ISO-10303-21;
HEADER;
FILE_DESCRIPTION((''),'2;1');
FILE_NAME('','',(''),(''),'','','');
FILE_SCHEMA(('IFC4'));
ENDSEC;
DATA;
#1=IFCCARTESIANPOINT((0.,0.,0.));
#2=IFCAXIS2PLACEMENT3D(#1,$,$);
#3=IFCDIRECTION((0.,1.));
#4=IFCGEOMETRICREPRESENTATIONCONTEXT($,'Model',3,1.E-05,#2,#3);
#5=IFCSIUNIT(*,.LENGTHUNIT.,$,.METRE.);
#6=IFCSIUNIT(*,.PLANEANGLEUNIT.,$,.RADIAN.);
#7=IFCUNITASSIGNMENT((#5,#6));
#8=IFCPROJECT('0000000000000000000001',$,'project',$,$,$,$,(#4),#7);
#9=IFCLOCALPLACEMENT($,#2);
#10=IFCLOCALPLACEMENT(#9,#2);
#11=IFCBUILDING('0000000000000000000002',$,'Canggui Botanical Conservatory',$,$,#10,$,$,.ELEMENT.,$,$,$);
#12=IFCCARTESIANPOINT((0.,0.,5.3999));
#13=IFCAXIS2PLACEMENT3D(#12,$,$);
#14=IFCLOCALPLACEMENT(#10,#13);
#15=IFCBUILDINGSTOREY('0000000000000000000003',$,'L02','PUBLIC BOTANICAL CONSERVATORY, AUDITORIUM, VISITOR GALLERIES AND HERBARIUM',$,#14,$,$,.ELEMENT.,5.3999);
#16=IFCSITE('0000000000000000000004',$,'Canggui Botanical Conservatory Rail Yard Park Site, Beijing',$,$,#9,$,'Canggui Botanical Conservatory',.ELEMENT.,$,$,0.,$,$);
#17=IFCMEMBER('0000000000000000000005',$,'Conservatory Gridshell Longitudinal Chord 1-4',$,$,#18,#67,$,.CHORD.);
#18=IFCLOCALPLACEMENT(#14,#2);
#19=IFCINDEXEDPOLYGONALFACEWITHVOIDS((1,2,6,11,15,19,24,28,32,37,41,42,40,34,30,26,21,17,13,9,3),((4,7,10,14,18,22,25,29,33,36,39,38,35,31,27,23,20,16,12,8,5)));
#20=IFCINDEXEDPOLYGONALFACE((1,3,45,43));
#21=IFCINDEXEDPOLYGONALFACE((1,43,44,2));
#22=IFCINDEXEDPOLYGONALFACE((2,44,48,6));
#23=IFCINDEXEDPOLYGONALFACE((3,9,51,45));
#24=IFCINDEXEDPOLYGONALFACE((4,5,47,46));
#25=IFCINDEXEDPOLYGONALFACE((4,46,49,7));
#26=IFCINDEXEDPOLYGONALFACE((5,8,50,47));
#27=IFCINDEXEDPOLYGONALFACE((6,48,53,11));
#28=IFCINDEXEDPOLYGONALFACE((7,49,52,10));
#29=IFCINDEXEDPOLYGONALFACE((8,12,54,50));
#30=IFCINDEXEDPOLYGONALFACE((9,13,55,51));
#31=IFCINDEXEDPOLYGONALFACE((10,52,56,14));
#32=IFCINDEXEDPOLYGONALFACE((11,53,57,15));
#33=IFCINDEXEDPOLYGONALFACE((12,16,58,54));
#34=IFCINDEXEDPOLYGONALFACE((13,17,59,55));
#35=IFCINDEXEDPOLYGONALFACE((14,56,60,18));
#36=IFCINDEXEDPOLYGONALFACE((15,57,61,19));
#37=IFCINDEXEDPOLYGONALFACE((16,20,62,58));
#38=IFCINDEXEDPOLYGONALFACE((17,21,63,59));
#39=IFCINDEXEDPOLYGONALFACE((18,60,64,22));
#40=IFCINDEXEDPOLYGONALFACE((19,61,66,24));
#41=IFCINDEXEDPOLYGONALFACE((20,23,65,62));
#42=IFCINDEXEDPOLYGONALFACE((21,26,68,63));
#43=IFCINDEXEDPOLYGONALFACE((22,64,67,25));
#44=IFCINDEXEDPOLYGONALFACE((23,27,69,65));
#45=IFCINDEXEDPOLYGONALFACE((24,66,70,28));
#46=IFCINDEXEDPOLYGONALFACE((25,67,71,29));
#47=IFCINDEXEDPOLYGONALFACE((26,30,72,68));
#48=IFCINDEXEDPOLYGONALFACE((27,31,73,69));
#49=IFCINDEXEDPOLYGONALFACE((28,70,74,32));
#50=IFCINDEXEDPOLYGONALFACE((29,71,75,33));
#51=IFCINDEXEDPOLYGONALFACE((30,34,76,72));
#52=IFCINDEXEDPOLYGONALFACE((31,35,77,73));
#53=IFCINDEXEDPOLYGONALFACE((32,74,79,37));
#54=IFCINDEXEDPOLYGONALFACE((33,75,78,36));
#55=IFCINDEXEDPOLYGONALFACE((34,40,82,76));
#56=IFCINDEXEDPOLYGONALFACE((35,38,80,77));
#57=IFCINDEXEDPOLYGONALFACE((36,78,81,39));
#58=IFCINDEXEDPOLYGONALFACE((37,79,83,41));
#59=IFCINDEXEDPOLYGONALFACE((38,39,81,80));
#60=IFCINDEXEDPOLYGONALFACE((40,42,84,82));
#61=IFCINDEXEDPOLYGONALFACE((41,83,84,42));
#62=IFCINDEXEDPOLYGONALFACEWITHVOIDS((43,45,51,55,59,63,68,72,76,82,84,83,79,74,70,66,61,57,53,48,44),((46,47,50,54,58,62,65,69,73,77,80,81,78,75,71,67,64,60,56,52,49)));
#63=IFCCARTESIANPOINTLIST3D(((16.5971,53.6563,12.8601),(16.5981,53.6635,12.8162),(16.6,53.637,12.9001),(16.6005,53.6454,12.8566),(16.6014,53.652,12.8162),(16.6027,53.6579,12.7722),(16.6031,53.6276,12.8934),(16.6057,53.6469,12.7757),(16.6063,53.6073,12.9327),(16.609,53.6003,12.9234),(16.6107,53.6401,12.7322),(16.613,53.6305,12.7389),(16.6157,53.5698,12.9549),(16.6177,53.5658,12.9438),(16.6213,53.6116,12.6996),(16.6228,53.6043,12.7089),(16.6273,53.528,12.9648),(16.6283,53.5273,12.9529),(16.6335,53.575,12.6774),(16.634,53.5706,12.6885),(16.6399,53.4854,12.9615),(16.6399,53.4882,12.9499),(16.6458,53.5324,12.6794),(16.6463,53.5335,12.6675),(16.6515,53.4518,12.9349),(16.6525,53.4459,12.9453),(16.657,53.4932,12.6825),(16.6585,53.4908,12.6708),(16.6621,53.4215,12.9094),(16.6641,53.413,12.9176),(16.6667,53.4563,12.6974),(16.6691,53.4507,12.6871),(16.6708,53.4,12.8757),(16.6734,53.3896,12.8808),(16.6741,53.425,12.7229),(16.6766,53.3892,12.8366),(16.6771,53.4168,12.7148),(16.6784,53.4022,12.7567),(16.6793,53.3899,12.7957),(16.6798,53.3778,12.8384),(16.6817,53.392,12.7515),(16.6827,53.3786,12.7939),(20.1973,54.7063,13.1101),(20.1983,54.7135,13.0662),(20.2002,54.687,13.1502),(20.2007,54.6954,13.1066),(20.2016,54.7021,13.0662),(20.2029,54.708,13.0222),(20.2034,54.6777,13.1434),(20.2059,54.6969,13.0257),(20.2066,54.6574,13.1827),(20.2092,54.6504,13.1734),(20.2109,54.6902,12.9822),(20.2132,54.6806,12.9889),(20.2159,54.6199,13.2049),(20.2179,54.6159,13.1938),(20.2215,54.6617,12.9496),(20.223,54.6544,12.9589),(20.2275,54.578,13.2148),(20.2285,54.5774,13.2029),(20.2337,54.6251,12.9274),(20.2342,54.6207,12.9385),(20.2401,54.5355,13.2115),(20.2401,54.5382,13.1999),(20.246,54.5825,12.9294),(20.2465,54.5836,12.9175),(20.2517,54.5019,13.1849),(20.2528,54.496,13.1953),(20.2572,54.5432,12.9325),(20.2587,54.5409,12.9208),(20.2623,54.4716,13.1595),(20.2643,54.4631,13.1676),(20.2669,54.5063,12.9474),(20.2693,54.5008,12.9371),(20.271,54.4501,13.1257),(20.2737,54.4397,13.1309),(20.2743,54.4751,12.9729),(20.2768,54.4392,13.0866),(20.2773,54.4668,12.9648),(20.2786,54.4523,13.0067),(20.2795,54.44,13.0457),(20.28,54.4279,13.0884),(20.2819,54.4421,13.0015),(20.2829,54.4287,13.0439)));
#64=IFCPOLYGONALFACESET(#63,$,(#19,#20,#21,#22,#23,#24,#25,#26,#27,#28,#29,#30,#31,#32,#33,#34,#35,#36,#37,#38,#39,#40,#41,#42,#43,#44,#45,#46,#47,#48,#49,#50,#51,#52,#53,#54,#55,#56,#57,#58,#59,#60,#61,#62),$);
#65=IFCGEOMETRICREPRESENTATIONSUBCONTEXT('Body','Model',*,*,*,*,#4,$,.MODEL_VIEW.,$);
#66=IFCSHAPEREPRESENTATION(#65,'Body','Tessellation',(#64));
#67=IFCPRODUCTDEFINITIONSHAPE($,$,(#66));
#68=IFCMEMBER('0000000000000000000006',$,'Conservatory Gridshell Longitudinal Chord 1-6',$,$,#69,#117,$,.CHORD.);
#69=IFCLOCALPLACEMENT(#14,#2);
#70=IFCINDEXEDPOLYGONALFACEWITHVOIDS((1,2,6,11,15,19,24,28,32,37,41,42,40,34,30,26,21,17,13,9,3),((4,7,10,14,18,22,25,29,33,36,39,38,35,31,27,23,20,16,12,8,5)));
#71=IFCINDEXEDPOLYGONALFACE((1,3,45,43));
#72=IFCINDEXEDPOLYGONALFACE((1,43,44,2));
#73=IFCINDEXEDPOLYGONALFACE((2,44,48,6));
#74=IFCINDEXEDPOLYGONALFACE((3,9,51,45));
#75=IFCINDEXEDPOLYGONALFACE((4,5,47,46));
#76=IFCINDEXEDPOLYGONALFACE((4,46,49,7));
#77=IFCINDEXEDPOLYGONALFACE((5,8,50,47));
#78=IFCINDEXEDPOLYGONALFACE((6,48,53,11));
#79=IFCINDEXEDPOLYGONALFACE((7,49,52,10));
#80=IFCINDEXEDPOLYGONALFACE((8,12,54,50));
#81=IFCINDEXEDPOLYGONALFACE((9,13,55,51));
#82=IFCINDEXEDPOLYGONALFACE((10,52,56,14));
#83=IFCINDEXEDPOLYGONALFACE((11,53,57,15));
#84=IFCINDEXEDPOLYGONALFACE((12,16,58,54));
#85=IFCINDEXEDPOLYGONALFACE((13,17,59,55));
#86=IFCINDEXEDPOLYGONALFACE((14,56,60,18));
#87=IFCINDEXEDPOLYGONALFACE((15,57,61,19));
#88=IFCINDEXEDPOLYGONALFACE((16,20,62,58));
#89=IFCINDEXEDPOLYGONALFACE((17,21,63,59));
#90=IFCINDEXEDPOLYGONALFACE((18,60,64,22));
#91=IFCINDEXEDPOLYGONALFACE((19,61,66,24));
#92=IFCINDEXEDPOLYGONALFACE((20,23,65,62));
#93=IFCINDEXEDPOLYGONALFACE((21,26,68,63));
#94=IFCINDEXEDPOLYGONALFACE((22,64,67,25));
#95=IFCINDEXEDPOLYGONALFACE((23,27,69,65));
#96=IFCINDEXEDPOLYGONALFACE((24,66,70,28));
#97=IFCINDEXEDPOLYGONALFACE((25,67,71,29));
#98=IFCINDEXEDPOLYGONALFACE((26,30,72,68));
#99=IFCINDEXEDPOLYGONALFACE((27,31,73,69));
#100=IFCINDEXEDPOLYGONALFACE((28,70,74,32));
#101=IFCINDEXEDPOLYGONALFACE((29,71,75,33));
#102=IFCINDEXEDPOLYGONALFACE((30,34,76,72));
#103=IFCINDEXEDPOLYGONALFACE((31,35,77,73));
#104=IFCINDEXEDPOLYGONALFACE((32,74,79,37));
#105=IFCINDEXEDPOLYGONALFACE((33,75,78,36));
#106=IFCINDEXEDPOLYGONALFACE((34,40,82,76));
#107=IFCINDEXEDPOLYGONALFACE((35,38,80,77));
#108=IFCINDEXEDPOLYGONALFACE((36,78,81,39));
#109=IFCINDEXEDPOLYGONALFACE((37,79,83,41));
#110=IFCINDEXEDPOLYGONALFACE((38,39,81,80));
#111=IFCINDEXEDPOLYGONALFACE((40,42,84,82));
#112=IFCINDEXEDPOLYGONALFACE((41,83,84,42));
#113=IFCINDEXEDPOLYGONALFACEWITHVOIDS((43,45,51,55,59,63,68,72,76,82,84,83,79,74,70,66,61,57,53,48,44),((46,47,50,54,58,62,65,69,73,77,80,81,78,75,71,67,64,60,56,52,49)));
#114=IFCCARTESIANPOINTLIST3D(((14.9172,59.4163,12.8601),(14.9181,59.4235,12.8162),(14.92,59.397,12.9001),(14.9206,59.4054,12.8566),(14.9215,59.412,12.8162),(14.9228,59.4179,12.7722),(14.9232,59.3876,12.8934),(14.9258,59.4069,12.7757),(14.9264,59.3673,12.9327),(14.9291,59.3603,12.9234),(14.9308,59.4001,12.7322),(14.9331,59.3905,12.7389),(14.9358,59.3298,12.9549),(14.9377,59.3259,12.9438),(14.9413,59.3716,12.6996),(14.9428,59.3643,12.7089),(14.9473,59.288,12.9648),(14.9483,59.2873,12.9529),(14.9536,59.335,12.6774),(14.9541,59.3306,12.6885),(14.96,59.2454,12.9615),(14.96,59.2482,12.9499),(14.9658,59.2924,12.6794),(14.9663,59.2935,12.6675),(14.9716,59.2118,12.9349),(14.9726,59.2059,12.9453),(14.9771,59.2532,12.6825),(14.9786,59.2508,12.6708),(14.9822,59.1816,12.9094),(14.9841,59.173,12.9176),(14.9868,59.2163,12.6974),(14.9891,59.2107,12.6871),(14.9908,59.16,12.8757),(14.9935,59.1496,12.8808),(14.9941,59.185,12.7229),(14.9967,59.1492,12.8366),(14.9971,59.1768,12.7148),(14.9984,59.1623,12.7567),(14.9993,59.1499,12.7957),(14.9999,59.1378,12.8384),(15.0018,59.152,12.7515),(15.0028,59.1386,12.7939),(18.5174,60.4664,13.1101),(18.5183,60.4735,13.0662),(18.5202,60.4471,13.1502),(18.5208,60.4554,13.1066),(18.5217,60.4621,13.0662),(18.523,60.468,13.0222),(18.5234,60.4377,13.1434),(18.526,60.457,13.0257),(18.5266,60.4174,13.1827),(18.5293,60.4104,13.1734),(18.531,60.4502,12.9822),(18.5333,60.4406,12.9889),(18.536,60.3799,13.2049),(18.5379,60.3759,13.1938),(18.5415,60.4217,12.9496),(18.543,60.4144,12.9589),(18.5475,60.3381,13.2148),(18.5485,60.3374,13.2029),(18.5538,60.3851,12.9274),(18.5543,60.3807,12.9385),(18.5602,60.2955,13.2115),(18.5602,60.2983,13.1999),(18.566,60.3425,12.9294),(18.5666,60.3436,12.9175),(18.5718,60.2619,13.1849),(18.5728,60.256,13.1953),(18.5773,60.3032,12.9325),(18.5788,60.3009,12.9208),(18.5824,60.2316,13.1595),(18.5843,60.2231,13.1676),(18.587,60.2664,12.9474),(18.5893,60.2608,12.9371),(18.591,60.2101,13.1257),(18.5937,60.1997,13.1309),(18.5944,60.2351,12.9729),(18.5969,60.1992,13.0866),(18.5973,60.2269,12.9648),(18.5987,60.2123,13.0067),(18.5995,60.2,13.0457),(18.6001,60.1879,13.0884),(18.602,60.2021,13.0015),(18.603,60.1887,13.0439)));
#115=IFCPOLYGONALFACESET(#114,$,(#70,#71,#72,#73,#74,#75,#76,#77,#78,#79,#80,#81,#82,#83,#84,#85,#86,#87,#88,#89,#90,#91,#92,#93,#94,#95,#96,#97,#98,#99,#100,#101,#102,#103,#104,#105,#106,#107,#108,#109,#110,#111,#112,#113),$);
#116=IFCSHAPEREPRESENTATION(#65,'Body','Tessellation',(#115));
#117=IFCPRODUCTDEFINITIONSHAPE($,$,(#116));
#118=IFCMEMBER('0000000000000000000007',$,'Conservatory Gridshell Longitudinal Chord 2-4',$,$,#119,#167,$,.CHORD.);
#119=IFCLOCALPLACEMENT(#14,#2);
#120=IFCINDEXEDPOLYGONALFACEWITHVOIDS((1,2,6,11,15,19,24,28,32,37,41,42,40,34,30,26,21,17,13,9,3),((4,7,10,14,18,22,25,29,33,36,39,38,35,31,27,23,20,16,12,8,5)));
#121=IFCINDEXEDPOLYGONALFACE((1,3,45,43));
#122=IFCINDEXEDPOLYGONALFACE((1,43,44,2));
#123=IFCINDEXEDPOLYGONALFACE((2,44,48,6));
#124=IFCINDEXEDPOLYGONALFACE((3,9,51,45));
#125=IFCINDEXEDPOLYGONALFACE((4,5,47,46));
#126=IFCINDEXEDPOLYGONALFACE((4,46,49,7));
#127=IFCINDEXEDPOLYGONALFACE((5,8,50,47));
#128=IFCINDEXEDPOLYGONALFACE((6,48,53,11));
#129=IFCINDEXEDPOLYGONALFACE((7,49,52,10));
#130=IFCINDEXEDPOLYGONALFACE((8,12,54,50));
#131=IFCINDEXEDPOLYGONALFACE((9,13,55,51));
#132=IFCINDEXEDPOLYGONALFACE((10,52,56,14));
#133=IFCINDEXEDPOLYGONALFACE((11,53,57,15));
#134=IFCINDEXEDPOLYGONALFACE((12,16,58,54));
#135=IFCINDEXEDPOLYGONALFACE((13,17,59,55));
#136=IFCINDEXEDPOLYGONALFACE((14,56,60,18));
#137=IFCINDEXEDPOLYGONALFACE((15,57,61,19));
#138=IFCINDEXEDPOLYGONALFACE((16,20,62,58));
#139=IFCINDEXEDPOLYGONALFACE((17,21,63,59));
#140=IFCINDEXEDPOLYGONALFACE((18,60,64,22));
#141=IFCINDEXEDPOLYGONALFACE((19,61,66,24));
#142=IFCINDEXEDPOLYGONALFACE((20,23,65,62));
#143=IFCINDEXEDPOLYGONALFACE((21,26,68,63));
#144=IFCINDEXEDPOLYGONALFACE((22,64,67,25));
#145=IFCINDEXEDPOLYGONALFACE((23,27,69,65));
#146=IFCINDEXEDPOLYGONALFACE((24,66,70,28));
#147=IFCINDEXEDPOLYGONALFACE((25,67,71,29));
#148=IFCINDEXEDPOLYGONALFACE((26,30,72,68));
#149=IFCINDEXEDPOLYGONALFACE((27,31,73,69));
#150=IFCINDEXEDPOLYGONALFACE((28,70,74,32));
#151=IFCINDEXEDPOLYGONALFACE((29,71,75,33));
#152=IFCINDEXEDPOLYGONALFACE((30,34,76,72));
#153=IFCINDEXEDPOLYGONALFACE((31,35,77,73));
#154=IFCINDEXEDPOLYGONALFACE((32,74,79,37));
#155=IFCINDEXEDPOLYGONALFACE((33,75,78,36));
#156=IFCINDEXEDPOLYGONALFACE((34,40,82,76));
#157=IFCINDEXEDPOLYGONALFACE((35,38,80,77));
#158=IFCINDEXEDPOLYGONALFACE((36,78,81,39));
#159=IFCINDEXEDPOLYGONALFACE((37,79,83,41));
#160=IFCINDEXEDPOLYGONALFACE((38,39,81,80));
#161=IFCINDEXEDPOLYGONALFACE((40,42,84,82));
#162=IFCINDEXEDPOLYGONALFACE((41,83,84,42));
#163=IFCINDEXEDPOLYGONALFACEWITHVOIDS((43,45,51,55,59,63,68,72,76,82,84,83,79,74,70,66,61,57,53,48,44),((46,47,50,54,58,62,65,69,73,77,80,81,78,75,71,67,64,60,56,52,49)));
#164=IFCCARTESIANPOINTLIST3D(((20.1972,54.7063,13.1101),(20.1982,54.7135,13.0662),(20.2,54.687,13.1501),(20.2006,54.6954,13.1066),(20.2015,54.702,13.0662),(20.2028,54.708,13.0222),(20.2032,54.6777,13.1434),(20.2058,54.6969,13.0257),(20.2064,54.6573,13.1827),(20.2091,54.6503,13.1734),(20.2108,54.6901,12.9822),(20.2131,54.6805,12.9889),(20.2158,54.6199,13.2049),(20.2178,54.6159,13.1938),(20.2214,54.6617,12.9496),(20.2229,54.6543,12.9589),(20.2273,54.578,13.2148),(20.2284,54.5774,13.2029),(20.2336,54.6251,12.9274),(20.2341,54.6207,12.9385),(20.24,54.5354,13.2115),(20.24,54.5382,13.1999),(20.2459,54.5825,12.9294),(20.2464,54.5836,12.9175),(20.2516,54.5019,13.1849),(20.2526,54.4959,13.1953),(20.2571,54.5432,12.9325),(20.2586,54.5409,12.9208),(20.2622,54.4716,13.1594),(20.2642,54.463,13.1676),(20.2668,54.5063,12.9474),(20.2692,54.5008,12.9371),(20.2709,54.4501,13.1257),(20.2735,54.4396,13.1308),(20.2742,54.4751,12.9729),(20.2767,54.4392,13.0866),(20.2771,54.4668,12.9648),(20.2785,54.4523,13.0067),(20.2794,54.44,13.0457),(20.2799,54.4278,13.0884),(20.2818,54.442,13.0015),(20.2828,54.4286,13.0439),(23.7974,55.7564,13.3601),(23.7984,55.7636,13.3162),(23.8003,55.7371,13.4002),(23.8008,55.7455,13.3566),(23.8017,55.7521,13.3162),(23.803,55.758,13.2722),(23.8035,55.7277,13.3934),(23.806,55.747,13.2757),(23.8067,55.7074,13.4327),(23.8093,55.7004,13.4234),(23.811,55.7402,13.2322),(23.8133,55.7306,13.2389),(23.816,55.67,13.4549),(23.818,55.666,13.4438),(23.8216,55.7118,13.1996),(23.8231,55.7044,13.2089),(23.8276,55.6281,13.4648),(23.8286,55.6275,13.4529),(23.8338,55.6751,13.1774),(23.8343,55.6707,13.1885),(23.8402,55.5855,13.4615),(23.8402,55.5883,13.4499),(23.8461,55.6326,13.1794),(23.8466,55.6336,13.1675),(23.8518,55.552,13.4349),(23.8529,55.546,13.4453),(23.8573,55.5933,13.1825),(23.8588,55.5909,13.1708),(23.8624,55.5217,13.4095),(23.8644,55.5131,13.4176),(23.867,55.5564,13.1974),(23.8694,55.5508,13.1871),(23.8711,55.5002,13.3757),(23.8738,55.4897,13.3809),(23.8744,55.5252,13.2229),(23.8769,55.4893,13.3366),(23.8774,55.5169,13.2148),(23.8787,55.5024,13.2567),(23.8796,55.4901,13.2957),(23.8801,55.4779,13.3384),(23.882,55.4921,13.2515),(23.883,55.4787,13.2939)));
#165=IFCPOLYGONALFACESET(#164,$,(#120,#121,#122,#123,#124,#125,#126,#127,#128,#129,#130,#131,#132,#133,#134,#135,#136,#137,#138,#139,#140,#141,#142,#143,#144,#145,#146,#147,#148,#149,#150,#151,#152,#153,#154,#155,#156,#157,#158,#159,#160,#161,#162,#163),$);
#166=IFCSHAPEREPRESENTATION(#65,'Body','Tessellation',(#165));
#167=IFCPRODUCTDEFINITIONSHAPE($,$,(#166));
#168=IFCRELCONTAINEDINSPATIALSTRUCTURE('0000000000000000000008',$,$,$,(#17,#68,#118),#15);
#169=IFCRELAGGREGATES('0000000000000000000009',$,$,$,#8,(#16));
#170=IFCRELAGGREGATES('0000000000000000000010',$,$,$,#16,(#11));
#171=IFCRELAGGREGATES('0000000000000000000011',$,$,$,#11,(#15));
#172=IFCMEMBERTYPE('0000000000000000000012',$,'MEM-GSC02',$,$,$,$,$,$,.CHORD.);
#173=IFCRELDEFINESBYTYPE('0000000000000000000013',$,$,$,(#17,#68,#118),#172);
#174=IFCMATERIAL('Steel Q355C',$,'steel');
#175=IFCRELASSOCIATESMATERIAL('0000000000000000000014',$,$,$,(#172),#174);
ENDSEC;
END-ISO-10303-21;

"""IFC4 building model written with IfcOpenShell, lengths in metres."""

from ifc_helpers import new_model, si_unit, direction, frame, origin, origin_2d, place, context, subcontext, project, spatial, hollow_circle, extrude, material, material_profile, profile_set, type_object, element, save


model = new_model("IFC4")

# Units and contexts
model_context = context("Model", 3, precision=1e-05, world=origin(), true_north=direction((0.0, 1.0)))
body_context = subcontext(model_context, "Body", "Model", "MODEL_VIEW")
ifc_project = project(units=[si_unit("LENGTHUNIT", "METRE"), si_unit("PLANEANGLEUNIT", "RADIAN")], contexts=[model_context])

# Site, building, storey
site_placement = place(None, origin())
site = spatial("IfcSite", under=ifc_project, at=site_placement, Name="Canggui Botanical Conservatory Rail Yard Park Site, Beijing", LongName="Canggui Botanical Conservatory", CompositionType="ELEMENT", RefElevation=0.0)
building_placement = place(site_placement, origin())
building = spatial("IfcBuilding", under=site, at=building_placement, Name="Canggui Botanical Conservatory", CompositionType="ELEMENT")
storey_placement = place(building_placement, frame((0.0, 0.0, 5.3999)))
storey = spatial("IfcBuildingStorey", under=building, at=storey_placement, Name="L02", Description="PUBLIC BOTANICAL CONSERVATORY, AUDITORIUM, VISITOR GALLERIES AND HERBARIUM", CompositionType="ELEMENT", Elevation=5.3999)

# Shared definitions
ifc_material_1 = material(Name="Steel Q355C", Category="steel")

# Members
ifc_material_profile_1 = material_profile(ifc_material_1, hollow_circle(Radius=0.1494, WallThickness=0.012, at=origin_2d()), Name="CHS 299x12")
ifc_profile_set_1 = profile_set([ifc_material_profile_1], Name="Steel Q355C")
member_type_1 = type_object("IfcMemberType", Name="MEM-GSC02", PredefinedType="CHORD", material=ifc_profile_set_1)
for number, where, z_axis, x_axis, name in (
    (1, (16.6399, 53.52, 12.8162), (0.957872, 0.279385, 0.066517), (-0.280005, 0.959999, 0.0), "Conservatory Gridshell Longitudinal Chord 1-4"),
    (2, (14.96, 59.28, 12.8162), (0.957872, 0.279385, 0.066517), (-0.280005, 0.959999, 0.0), "Conservatory Gridshell Longitudinal Chord 1-6"),
    (3, (20.24, 54.5701, 13.0662), (0.957872, 0.279385, 0.066517), (-0.280005, 0.959999, 0.0), "Conservatory Gridshell Longitudinal Chord 2-4"),
):
    element("IfcMember", number, at=place(storey_placement, frame(where, z_axis=z_axis, x_axis=x_axis)), inside=storey, type_object=member_type_1, Name=name, PredefinedType="CHORD", context=body_context, shape_type="SweptSolid", body=[
        extrude(hollow_circle(Radius=0.1494, WallThickness=0.012, at=origin_2d()), origin(), (0.0, 0.0, 1.0), 3.7585),
    ])

save(model, "model.ifc")
